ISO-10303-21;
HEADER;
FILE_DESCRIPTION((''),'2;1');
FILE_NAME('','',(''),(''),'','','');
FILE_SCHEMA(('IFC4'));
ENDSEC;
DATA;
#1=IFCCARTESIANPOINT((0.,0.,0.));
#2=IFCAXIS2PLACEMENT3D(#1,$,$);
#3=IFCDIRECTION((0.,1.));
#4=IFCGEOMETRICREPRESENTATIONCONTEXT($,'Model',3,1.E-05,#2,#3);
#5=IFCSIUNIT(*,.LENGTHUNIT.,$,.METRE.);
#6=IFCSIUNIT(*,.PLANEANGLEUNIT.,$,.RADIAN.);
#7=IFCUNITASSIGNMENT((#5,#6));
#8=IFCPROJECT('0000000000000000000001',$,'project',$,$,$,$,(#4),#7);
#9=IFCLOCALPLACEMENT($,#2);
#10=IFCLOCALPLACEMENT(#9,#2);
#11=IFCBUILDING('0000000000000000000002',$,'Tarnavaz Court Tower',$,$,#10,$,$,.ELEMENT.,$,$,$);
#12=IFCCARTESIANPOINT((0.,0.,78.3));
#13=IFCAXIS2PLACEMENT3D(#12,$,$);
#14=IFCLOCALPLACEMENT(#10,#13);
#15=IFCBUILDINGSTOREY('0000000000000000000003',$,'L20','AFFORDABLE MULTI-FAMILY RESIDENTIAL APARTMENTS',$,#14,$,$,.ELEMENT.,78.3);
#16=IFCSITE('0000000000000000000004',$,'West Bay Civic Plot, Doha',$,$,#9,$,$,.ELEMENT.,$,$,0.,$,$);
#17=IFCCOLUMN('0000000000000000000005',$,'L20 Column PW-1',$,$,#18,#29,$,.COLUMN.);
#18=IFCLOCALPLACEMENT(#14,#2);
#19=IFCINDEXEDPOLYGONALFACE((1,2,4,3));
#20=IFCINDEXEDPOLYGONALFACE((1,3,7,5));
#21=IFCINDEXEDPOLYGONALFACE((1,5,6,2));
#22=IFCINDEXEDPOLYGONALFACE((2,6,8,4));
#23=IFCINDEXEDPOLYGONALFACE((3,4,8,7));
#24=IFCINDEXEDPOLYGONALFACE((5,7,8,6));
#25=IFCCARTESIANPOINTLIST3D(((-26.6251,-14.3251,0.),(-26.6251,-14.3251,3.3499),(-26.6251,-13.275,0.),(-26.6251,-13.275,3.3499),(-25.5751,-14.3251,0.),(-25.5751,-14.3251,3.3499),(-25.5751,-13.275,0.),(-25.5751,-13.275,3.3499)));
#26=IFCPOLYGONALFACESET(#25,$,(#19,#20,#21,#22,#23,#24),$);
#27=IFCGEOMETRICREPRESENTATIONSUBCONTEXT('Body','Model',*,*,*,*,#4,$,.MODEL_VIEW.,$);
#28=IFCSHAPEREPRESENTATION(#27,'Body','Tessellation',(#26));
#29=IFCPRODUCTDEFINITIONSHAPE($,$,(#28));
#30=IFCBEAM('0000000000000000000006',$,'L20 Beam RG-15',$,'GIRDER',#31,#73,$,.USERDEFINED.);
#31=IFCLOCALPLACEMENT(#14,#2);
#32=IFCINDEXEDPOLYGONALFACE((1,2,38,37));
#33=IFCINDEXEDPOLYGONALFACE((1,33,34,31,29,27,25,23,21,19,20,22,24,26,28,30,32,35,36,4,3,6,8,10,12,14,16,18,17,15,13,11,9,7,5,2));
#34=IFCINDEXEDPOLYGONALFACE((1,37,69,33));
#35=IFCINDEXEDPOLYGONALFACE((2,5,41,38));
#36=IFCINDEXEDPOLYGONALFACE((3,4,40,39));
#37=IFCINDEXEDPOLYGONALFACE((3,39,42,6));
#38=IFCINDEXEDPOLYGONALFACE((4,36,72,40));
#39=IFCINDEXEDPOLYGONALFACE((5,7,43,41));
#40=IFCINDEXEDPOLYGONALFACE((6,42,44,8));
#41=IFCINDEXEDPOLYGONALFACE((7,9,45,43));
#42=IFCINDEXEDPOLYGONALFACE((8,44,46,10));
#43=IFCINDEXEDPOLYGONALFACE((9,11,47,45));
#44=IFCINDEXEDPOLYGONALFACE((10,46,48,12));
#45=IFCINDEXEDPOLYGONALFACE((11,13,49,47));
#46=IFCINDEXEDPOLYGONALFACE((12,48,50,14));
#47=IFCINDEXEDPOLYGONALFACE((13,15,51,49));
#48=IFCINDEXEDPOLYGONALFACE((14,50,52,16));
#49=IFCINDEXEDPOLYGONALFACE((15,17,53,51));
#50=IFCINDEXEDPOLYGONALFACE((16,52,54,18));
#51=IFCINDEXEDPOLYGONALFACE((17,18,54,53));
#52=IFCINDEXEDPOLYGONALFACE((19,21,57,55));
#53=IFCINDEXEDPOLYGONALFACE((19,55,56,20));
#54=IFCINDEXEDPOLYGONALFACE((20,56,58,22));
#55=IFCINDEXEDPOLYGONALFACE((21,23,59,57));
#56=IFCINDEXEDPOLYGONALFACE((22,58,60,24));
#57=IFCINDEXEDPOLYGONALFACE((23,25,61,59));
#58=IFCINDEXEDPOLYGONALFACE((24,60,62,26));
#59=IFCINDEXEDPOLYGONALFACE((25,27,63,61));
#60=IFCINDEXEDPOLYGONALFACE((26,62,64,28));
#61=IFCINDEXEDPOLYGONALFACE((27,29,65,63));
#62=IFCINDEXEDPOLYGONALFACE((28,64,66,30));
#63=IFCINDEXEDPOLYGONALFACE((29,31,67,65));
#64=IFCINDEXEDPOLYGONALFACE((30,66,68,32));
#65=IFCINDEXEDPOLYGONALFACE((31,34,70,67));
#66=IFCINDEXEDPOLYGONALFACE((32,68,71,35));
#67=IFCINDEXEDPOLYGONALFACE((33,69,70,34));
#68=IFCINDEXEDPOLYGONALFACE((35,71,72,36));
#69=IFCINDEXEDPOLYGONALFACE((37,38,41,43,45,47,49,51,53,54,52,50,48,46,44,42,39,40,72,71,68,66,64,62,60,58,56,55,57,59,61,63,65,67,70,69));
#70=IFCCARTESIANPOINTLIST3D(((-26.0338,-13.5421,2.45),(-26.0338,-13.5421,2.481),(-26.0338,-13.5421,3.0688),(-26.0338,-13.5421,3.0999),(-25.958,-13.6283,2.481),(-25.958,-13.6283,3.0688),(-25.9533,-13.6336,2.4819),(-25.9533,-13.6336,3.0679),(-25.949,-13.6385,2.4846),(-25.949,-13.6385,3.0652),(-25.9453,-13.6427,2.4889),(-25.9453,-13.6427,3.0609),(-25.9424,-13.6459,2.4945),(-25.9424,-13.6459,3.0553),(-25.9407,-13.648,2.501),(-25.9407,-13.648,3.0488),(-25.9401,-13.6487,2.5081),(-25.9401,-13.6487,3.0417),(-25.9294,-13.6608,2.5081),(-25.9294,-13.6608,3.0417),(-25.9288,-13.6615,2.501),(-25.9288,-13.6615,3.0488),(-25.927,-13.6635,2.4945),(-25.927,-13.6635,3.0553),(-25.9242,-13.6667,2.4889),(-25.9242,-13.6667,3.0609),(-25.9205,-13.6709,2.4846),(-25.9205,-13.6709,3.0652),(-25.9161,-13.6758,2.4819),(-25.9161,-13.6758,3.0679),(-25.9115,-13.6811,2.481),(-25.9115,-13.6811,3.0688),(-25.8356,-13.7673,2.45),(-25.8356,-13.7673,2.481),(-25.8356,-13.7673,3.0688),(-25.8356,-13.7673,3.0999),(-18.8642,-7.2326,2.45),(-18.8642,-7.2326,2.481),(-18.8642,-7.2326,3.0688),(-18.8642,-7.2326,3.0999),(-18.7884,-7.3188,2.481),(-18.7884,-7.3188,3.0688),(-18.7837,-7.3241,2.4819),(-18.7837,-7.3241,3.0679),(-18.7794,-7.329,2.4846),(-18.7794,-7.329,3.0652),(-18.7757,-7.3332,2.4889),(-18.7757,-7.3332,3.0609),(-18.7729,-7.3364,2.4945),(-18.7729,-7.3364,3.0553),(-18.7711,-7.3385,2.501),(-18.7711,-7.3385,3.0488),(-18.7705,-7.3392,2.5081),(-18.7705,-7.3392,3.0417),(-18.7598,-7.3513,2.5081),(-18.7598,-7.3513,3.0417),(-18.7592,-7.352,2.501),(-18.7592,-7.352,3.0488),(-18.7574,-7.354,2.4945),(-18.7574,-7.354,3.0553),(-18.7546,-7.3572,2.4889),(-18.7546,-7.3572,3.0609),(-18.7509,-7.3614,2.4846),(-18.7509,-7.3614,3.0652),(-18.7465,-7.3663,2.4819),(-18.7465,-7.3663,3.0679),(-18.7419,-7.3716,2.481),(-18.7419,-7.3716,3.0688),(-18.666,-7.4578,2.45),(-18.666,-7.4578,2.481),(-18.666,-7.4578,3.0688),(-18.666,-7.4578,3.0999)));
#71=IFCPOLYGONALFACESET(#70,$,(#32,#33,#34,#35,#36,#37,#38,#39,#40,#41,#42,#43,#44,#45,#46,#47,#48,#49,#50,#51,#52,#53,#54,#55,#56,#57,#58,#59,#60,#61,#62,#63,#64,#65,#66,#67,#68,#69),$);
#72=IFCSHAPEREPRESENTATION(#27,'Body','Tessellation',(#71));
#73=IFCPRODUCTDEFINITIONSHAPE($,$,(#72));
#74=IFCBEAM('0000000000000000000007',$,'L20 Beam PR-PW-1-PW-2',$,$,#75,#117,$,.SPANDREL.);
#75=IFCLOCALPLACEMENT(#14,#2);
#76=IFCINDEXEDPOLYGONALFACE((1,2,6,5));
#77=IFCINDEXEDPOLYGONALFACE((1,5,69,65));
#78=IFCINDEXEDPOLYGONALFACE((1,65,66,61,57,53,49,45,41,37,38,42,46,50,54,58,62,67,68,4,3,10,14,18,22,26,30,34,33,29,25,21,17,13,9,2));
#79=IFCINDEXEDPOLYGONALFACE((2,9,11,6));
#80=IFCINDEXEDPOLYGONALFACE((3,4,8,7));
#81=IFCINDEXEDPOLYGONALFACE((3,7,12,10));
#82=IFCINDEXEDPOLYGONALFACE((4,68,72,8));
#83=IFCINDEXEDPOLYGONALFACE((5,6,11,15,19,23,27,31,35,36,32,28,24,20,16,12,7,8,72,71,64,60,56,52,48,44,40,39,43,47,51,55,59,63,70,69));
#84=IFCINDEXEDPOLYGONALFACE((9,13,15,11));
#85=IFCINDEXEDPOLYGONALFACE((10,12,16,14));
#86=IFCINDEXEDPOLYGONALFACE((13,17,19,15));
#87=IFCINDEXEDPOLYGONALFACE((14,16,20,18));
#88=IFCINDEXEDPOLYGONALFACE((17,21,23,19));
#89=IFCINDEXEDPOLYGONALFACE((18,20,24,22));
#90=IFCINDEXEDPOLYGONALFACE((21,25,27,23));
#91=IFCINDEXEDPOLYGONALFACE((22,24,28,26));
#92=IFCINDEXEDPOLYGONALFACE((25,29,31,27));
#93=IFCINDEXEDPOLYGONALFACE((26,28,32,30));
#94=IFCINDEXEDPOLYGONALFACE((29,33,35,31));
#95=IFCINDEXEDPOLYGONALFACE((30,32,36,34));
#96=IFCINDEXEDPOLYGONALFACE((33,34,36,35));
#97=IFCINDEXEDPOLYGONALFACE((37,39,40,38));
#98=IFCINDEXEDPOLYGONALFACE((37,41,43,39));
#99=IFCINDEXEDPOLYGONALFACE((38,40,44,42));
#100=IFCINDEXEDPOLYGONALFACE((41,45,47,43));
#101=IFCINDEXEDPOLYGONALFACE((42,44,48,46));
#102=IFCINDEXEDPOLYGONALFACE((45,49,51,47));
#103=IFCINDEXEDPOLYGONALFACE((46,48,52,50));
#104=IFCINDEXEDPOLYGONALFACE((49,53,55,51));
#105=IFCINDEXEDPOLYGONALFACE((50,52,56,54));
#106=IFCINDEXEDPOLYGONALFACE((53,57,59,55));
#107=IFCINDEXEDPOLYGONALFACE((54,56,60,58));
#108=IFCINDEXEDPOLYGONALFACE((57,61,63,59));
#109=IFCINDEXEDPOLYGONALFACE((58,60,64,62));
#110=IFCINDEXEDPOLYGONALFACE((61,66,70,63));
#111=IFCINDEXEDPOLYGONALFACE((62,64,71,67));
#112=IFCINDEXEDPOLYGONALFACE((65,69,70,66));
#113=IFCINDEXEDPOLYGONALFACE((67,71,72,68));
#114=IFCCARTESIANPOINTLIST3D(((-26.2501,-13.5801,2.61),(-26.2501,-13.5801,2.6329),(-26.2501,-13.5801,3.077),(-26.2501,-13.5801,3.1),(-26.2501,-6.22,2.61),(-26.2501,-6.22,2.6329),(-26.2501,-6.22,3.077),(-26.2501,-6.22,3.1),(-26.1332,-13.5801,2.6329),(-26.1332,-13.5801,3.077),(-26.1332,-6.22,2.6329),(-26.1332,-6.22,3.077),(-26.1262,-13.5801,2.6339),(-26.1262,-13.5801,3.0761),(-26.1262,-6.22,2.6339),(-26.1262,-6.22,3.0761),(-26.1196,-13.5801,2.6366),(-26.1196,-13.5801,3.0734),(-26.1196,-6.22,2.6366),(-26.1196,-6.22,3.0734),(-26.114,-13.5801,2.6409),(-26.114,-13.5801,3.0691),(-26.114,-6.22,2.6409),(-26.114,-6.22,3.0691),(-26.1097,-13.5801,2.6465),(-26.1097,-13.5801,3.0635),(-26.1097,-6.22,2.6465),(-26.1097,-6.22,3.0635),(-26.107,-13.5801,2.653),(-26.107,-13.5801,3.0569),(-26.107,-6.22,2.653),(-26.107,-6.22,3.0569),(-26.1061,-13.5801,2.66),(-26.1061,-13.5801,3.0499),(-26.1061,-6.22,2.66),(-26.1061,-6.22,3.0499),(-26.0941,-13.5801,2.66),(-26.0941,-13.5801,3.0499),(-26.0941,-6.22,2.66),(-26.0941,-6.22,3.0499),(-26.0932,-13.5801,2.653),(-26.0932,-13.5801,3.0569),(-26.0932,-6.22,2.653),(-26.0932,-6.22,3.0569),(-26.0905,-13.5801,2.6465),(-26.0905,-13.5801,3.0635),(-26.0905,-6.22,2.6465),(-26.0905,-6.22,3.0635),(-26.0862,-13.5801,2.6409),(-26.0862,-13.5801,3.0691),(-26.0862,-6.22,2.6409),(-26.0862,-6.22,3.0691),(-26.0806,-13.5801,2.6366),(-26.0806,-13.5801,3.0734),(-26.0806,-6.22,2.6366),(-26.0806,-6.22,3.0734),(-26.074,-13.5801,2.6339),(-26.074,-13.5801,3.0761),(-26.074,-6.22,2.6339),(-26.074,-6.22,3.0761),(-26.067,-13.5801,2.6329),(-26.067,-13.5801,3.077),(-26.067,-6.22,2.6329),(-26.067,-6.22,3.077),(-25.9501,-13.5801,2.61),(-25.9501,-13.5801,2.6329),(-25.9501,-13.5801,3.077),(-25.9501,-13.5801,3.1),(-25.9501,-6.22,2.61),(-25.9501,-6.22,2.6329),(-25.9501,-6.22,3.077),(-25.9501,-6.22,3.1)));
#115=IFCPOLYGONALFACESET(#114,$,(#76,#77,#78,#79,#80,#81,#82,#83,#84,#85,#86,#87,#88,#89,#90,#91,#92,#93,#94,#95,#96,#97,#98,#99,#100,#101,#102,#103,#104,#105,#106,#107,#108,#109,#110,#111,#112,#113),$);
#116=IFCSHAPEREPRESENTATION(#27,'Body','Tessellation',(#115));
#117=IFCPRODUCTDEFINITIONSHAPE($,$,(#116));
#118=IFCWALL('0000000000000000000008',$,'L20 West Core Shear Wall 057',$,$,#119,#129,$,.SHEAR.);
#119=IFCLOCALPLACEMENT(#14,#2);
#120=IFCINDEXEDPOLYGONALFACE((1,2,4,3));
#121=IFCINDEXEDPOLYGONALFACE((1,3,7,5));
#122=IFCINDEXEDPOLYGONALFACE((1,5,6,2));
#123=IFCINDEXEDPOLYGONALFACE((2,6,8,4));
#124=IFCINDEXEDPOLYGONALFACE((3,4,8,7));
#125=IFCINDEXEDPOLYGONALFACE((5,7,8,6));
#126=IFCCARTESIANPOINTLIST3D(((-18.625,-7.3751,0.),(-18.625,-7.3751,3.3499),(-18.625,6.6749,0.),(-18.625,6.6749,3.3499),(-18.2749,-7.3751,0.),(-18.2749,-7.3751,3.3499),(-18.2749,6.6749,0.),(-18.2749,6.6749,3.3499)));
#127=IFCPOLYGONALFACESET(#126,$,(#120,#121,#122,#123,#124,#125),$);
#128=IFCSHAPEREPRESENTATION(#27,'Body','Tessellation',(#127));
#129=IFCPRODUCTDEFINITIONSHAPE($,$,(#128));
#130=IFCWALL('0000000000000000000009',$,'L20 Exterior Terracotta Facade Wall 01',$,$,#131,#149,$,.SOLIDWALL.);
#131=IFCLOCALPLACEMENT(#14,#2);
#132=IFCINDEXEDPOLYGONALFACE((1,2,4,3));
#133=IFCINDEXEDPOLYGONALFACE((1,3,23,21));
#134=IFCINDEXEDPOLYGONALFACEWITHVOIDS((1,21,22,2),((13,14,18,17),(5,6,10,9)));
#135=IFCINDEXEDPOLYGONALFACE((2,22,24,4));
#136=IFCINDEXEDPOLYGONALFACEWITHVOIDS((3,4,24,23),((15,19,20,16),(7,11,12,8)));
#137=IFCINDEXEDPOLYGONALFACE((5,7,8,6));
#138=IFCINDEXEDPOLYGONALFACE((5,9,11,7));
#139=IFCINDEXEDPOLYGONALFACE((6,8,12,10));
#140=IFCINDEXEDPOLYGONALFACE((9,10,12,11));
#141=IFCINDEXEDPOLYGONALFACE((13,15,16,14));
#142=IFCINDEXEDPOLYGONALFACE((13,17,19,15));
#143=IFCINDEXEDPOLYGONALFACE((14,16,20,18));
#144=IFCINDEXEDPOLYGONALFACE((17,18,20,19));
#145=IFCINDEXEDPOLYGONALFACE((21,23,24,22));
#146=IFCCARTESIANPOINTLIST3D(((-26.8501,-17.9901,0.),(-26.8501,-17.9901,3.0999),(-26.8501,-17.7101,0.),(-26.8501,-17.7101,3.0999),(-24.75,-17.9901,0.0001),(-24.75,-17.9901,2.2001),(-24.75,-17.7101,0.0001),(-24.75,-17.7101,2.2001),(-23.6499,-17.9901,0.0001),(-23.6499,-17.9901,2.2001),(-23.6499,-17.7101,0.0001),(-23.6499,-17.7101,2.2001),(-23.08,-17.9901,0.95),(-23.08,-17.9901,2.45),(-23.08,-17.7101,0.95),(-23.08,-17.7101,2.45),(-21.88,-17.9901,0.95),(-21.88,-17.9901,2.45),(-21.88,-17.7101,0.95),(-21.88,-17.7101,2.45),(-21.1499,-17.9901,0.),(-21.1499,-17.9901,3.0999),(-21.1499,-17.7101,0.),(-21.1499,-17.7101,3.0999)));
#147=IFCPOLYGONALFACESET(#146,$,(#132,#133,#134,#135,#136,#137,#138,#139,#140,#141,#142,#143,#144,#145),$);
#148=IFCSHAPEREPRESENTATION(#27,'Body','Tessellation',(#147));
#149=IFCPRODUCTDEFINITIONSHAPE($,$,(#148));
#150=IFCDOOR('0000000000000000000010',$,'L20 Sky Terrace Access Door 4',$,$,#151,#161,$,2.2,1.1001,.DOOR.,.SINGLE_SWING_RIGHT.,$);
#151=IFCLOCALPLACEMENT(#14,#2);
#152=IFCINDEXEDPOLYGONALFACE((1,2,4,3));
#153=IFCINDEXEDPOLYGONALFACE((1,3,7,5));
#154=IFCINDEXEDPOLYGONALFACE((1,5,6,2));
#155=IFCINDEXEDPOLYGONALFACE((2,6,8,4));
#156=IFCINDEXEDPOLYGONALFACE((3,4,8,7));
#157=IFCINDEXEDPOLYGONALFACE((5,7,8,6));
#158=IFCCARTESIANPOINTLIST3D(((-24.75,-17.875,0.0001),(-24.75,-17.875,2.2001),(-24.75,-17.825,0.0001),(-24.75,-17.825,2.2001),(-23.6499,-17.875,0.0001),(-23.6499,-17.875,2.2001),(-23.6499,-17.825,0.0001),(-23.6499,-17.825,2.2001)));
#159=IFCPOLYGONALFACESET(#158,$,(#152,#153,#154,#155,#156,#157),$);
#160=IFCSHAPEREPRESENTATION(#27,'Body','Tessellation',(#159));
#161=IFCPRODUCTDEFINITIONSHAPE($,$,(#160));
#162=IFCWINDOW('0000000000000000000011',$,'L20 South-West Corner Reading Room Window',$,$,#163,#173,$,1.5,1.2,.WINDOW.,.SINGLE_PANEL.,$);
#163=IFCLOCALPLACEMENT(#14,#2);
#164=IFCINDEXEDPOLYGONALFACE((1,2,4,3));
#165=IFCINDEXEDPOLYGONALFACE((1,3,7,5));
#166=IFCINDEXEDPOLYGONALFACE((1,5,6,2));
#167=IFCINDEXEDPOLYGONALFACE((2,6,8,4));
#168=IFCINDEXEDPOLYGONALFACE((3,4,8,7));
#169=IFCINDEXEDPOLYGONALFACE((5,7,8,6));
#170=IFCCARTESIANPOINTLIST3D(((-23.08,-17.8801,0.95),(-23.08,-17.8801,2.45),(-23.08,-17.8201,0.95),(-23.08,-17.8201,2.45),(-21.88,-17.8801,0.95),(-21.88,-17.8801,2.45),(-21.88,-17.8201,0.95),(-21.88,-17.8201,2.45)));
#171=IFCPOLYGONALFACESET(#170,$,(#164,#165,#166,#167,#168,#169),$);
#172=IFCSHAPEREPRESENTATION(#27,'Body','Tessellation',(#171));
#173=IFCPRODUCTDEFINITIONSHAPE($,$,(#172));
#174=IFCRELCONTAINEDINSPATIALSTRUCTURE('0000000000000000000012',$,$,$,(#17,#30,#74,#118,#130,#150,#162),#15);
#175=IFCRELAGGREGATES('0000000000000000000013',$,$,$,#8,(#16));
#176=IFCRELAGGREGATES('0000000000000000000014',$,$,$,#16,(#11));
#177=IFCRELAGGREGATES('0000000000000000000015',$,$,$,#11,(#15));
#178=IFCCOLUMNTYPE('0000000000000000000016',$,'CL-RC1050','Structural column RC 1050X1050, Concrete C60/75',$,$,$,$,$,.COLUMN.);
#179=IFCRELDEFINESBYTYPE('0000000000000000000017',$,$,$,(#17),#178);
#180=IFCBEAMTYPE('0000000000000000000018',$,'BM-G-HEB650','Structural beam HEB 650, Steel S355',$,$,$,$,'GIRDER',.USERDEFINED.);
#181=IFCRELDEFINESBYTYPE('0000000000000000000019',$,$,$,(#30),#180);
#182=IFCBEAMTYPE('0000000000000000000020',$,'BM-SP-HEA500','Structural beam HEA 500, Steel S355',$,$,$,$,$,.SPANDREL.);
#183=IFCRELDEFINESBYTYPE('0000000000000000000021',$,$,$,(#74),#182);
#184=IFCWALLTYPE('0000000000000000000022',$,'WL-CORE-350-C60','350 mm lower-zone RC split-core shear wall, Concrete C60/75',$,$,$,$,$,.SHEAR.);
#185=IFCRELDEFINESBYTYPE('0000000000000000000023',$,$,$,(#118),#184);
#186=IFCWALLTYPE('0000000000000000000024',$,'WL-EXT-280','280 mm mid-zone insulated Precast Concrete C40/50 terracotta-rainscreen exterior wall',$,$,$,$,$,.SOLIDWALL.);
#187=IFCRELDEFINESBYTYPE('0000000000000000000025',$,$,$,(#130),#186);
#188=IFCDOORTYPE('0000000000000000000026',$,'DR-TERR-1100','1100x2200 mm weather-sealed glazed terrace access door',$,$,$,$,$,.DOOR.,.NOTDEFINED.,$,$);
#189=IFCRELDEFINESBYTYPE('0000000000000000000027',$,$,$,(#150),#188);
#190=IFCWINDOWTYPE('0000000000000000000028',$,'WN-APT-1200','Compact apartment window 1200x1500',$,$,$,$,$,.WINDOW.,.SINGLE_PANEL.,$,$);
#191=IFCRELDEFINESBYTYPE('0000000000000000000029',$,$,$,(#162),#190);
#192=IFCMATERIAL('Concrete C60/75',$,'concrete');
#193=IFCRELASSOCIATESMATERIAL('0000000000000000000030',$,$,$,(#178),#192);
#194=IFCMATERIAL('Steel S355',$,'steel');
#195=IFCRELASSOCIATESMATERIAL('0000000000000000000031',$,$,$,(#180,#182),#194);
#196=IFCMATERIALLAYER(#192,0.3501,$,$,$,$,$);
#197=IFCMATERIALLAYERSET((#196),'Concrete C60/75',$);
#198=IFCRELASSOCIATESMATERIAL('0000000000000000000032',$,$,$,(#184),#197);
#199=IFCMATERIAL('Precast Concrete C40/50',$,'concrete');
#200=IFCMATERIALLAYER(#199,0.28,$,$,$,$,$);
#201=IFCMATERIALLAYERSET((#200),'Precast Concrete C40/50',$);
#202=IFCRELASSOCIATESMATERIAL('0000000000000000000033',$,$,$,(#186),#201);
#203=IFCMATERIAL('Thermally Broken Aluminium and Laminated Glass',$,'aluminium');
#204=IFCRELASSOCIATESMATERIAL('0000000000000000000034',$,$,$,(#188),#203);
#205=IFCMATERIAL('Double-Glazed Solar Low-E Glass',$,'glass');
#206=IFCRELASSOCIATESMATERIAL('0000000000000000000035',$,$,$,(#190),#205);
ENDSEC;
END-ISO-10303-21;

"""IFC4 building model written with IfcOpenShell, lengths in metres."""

from ifc_helpers import new_model, si_unit, direction, frame, frame_2d, origin, origin_2d, place, context, subcontext, project, spatial, rectangle, i_section, extrude, material, layer, layer_set, material_profile, profile_set, type_object, element, fill, save


model = new_model("IFC4")

# Units and contexts
model_context = context("Model", 3, precision=1e-05, world=origin(), true_north=direction((0.0, 1.0)))
body_context = subcontext(model_context, "Body", "Model", "MODEL_VIEW")
ifc_project = project(units=[si_unit("LENGTHUNIT", "METRE"), si_unit("PLANEANGLEUNIT", "RADIAN")], contexts=[model_context])

# Site, building, storey
site_placement = place(None, origin())
site = spatial("IfcSite", under=ifc_project, at=site_placement, Name="West Bay Civic Plot, Doha", CompositionType="ELEMENT", RefElevation=0.0)
building_placement = place(site_placement, origin())
building = spatial("IfcBuilding", under=site, at=building_placement, Name="Tarnavaz Court Tower", CompositionType="ELEMENT")
storey_placement = place(building_placement, frame((0.0, 0.0, 78.3)))
storey = spatial("IfcBuildingStorey", under=building, at=storey_placement, Name="L20", Description="AFFORDABLE MULTI-FAMILY RESIDENTIAL APARTMENTS", CompositionType="ELEMENT", Elevation=78.3)

# Column
ifc_material_1 = material(Name="Concrete C60/75", Category="concrete")
ifc_material_profile_1 = material_profile(ifc_material_1, rectangle(XDim=1.05, YDim=1.05, at=origin_2d()), Name="RC 1050X1050")
ifc_profile_set_1 = profile_set([ifc_material_profile_1], Name="Concrete C60/75")
column_type = type_object("IfcColumnType", Name="CL-RC1050", Description="Structural column RC 1050X1050, Concrete C60/75", PredefinedType="COLUMN", material=ifc_profile_set_1)
column_placement = place(storey_placement, frame((-26.1001, -13.8, 0.0), z_axis=(0.0, 0.0, 1.0), x_axis=(1.0, 0.0, 0.0)))
element("IfcColumn", 1, at=column_placement, inside=storey, type_object=column_type, Name="L20 Column PW-1", PredefinedType="COLUMN", context=body_context, shape_type="SweptSolid", body=[
    extrude(rectangle(XDim=1.05, YDim=1.05, at=origin_2d()), origin(), (0.0, 0.0, 1.0), 3.3499),
])

# Beams
ifc_material_2 = material(Name="Steel S355", Category="steel")
ifc_material_profile_2 = material_profile(ifc_material_2, i_section(OverallWidth=0.3, OverallDepth=0.6499, WebThickness=0.0161, FlangeThickness=0.031, FilletRadius=0.0271, at=origin_2d()), Name="HEB 650")
ifc_profile_set_2 = profile_set([ifc_material_profile_2], Name="Steel S355")
beam_type_1 = type_object("IfcBeamType", Name="BM-G-HEB650", Description="Structural beam HEB 650, Steel S355", ElementType="GIRDER", PredefinedType="USERDEFINED", material=ifc_profile_set_2)
beam_1_placement = place(storey_placement, frame((-18.7651, -7.3452, 2.7749), z_axis=(-0.7507, -0.660643, 0.0), x_axis=(0.660643, -0.7507, 0.0)))
element("IfcBeam", 2, at=beam_1_placement, inside=storey, type_object=beam_type_1, Name="L20 Beam RG-15", ObjectType="GIRDER", PredefinedType="USERDEFINED", context=body_context, shape_type="SweptSolid", body=[
    extrude(i_section(OverallWidth=0.3, OverallDepth=0.6499, WebThickness=0.0161, FlangeThickness=0.031, FilletRadius=0.0271, at=origin_2d()), origin(), (0.0, 0.0, 1.0), 9.5505),
])
ifc_material_profile_3 = material_profile(ifc_material_2, i_section(OverallWidth=0.3, OverallDepth=0.49, WebThickness=0.012, FlangeThickness=0.0229, FilletRadius=0.0271, at=origin_2d()), Name="HEA 500")
ifc_profile_set_3 = profile_set([ifc_material_profile_3], Name="Steel S355")
beam_type_2 = type_object("IfcBeamType", Name="BM-SP-HEA500", Description="Structural beam HEA 500, Steel S355", PredefinedType="SPANDREL", material=ifc_profile_set_3)
beam_2_placement = place(storey_placement, frame((-26.1001, -13.5801, 2.855), z_axis=(0.0, 1.0, 0.0), x_axis=(-1.0, 0.0, 0.0)))
element("IfcBeam", 3, at=beam_2_placement, inside=storey, type_object=beam_type_2, Name="L20 Beam PR-PW-1-PW-2", PredefinedType="SPANDREL", context=body_context, shape_type="SweptSolid", body=[
    extrude(i_section(OverallWidth=0.3, OverallDepth=0.49, WebThickness=0.012, FlangeThickness=0.0229, FilletRadius=0.0271, at=origin_2d()), origin(), (0.0, 0.0, 1.0), 7.3601),
])

# Wall
ifc_layer_1 = layer(ifc_material_1, 0.3501)
ifc_layer_set_1 = layer_set([ifc_layer_1], Name="Concrete C60/75")
wall_type_1 = type_object("IfcWallType", Name="WL-CORE-350-C60", Description="350 mm lower-zone RC split-core shear wall, Concrete C60/75", PredefinedType="SHEAR", material=ifc_layer_set_1)
wall_1_placement = place(storey_placement, frame((-18.45, -7.375, 0.0), z_axis=(0.0, 0.0, 1.0), x_axis=(0.0, 1.0, 0.0)))
element("IfcWall", 4, at=wall_1_placement, inside=storey, type_object=wall_type_1, Name="L20 West Core Shear Wall 057", PredefinedType="SHEAR", context=body_context, shape_type="SweptSolid", body=[
    extrude(rectangle(XDim=14.05, YDim=0.3501, at=frame_2d((7.0249, 0.0))), origin(), (0.0, 0.0, 1.0), 3.3499),
])

# Wall, openings, door, window
ifc_material_3 = material(Name="Precast Concrete C40/50", Category="concrete")
ifc_layer_2 = layer(ifc_material_3, 0.28)
ifc_layer_set_2 = layer_set([ifc_layer_2], Name="Precast Concrete C40/50")
wall_type_2 = type_object("IfcWallType", Name="WL-EXT-280", Description="280 mm mid-zone insulated Precast Concrete C40/50 terracotta-rainscreen exterior wall", PredefinedType="SOLIDWALL", material=ifc_layer_set_2)
wall_2_placement = place(storey_placement, frame((-21.1499, -17.8501, 0.0), z_axis=(0.0, 0.0, 1.0), x_axis=(-1.0, 0.0, 0.0)))
wall_2 = element("IfcWall", 5, at=wall_2_placement, inside=storey, type_object=wall_type_2, Name="L20 Exterior Terracotta Facade Wall 01", PredefinedType="SOLIDWALL", context=body_context, shape_type="SweptSolid", body=[
    extrude(rectangle(XDim=5.7002, YDim=0.28, at=frame_2d((2.8501, 0.0))), origin(), (0.0, 0.0, 1.0), 3.0999),
])
opening_1_placement = place(wall_2_placement, frame((2.5, 0.0, 0.0)))
opening_1 = element("IfcOpeningElement", 6, at=opening_1_placement, cuts=wall_2, PredefinedType="OPENING", context=body_context, shape_type="SweptSolid", body=[
    extrude(rectangle(XDim=1.1001, YDim=2.2, at=frame_2d((0.55, 1.1001))), frame((0.0, 0.1499, 0.0), z_axis=(0.0, -1.0, 0.0), x_axis=(1.0, 0.0, 0.0)), (0.0, 0.0, 1.0), 0.3),
])
opening_2_placement = place(wall_2_placement, frame((0.73, 0.0, 0.95)))
opening_2 = element("IfcOpeningElement", 7, at=opening_2_placement, cuts=wall_2, PredefinedType="OPENING", context=body_context, shape_type="SweptSolid", body=[
    extrude(rectangle(XDim=1.2, YDim=1.5, at=frame_2d((0.6001, 0.75))), frame((0.0, 0.1499, 0.0), z_axis=(0.0, -1.0, 0.0), x_axis=(1.0, 0.0, 0.0)), (0.0, 0.0, 1.0), 0.3),
])
ifc_material_4 = material(Name="Thermally Broken Aluminium and Laminated Glass", Category="aluminium")
door_type_1 = type_object("IfcDoorType", Name="DR-TERR-1100", Description="1100x2200 mm weather-sealed glazed terrace access door", OperationType="NOTDEFINED", PredefinedType="DOOR", material=ifc_material_4)
door_1_placement = place(opening_1_placement, origin())
door_1 = element("IfcDoor", 8, at=door_1_placement, inside=storey, type_object=door_type_1, Name="L20 Sky Terrace Access Door 4", OperationType="SINGLE_SWING_RIGHT", OverallHeight=2.2, OverallWidth=1.1001, PredefinedType="DOOR", context=body_context, shape_type="SweptSolid", body=[
    extrude(rectangle(XDim=1.1001, YDim=2.2, at=frame_2d((0.55, 1.1001))), frame((0.0, 0.0249, 0.0), z_axis=(0.0, -1.0, 0.0), x_axis=(1.0, 0.0, 0.0)), (0.0, 0.0, 1.0), 0.05),
])
fill(opening_1, door_1)
ifc_material_5 = material(Name="Double-Glazed Solar Low-E Glass", Category="glass")
window_type = type_object("IfcWindowType", Name="WN-APT-1200", Description="Compact apartment window 1200x1500", PartitioningType="SINGLE_PANEL", PredefinedType="WINDOW", material=ifc_material_5)
window_placement = place(opening_2_placement, origin())
window = element("IfcWindow", 9, at=window_placement, inside=storey, type_object=window_type, Name="L20 South-West Corner Reading Room Window", OverallHeight=1.5, OverallWidth=1.2, PartitioningType="SINGLE_PANEL", PredefinedType="WINDOW", context=body_context, shape_type="SweptSolid", body=[
    extrude(rectangle(XDim=1.2, YDim=1.5, at=frame_2d((0.6001, 0.75))), frame((0.0, 0.03, 0.0), z_axis=(0.0, -1.0, 0.0), x_axis=(1.0, 0.0, 0.0)), (0.0, 0.0, 1.0), 0.0601),
])
fill(opening_2, window)

save(model, "model.ifc")
